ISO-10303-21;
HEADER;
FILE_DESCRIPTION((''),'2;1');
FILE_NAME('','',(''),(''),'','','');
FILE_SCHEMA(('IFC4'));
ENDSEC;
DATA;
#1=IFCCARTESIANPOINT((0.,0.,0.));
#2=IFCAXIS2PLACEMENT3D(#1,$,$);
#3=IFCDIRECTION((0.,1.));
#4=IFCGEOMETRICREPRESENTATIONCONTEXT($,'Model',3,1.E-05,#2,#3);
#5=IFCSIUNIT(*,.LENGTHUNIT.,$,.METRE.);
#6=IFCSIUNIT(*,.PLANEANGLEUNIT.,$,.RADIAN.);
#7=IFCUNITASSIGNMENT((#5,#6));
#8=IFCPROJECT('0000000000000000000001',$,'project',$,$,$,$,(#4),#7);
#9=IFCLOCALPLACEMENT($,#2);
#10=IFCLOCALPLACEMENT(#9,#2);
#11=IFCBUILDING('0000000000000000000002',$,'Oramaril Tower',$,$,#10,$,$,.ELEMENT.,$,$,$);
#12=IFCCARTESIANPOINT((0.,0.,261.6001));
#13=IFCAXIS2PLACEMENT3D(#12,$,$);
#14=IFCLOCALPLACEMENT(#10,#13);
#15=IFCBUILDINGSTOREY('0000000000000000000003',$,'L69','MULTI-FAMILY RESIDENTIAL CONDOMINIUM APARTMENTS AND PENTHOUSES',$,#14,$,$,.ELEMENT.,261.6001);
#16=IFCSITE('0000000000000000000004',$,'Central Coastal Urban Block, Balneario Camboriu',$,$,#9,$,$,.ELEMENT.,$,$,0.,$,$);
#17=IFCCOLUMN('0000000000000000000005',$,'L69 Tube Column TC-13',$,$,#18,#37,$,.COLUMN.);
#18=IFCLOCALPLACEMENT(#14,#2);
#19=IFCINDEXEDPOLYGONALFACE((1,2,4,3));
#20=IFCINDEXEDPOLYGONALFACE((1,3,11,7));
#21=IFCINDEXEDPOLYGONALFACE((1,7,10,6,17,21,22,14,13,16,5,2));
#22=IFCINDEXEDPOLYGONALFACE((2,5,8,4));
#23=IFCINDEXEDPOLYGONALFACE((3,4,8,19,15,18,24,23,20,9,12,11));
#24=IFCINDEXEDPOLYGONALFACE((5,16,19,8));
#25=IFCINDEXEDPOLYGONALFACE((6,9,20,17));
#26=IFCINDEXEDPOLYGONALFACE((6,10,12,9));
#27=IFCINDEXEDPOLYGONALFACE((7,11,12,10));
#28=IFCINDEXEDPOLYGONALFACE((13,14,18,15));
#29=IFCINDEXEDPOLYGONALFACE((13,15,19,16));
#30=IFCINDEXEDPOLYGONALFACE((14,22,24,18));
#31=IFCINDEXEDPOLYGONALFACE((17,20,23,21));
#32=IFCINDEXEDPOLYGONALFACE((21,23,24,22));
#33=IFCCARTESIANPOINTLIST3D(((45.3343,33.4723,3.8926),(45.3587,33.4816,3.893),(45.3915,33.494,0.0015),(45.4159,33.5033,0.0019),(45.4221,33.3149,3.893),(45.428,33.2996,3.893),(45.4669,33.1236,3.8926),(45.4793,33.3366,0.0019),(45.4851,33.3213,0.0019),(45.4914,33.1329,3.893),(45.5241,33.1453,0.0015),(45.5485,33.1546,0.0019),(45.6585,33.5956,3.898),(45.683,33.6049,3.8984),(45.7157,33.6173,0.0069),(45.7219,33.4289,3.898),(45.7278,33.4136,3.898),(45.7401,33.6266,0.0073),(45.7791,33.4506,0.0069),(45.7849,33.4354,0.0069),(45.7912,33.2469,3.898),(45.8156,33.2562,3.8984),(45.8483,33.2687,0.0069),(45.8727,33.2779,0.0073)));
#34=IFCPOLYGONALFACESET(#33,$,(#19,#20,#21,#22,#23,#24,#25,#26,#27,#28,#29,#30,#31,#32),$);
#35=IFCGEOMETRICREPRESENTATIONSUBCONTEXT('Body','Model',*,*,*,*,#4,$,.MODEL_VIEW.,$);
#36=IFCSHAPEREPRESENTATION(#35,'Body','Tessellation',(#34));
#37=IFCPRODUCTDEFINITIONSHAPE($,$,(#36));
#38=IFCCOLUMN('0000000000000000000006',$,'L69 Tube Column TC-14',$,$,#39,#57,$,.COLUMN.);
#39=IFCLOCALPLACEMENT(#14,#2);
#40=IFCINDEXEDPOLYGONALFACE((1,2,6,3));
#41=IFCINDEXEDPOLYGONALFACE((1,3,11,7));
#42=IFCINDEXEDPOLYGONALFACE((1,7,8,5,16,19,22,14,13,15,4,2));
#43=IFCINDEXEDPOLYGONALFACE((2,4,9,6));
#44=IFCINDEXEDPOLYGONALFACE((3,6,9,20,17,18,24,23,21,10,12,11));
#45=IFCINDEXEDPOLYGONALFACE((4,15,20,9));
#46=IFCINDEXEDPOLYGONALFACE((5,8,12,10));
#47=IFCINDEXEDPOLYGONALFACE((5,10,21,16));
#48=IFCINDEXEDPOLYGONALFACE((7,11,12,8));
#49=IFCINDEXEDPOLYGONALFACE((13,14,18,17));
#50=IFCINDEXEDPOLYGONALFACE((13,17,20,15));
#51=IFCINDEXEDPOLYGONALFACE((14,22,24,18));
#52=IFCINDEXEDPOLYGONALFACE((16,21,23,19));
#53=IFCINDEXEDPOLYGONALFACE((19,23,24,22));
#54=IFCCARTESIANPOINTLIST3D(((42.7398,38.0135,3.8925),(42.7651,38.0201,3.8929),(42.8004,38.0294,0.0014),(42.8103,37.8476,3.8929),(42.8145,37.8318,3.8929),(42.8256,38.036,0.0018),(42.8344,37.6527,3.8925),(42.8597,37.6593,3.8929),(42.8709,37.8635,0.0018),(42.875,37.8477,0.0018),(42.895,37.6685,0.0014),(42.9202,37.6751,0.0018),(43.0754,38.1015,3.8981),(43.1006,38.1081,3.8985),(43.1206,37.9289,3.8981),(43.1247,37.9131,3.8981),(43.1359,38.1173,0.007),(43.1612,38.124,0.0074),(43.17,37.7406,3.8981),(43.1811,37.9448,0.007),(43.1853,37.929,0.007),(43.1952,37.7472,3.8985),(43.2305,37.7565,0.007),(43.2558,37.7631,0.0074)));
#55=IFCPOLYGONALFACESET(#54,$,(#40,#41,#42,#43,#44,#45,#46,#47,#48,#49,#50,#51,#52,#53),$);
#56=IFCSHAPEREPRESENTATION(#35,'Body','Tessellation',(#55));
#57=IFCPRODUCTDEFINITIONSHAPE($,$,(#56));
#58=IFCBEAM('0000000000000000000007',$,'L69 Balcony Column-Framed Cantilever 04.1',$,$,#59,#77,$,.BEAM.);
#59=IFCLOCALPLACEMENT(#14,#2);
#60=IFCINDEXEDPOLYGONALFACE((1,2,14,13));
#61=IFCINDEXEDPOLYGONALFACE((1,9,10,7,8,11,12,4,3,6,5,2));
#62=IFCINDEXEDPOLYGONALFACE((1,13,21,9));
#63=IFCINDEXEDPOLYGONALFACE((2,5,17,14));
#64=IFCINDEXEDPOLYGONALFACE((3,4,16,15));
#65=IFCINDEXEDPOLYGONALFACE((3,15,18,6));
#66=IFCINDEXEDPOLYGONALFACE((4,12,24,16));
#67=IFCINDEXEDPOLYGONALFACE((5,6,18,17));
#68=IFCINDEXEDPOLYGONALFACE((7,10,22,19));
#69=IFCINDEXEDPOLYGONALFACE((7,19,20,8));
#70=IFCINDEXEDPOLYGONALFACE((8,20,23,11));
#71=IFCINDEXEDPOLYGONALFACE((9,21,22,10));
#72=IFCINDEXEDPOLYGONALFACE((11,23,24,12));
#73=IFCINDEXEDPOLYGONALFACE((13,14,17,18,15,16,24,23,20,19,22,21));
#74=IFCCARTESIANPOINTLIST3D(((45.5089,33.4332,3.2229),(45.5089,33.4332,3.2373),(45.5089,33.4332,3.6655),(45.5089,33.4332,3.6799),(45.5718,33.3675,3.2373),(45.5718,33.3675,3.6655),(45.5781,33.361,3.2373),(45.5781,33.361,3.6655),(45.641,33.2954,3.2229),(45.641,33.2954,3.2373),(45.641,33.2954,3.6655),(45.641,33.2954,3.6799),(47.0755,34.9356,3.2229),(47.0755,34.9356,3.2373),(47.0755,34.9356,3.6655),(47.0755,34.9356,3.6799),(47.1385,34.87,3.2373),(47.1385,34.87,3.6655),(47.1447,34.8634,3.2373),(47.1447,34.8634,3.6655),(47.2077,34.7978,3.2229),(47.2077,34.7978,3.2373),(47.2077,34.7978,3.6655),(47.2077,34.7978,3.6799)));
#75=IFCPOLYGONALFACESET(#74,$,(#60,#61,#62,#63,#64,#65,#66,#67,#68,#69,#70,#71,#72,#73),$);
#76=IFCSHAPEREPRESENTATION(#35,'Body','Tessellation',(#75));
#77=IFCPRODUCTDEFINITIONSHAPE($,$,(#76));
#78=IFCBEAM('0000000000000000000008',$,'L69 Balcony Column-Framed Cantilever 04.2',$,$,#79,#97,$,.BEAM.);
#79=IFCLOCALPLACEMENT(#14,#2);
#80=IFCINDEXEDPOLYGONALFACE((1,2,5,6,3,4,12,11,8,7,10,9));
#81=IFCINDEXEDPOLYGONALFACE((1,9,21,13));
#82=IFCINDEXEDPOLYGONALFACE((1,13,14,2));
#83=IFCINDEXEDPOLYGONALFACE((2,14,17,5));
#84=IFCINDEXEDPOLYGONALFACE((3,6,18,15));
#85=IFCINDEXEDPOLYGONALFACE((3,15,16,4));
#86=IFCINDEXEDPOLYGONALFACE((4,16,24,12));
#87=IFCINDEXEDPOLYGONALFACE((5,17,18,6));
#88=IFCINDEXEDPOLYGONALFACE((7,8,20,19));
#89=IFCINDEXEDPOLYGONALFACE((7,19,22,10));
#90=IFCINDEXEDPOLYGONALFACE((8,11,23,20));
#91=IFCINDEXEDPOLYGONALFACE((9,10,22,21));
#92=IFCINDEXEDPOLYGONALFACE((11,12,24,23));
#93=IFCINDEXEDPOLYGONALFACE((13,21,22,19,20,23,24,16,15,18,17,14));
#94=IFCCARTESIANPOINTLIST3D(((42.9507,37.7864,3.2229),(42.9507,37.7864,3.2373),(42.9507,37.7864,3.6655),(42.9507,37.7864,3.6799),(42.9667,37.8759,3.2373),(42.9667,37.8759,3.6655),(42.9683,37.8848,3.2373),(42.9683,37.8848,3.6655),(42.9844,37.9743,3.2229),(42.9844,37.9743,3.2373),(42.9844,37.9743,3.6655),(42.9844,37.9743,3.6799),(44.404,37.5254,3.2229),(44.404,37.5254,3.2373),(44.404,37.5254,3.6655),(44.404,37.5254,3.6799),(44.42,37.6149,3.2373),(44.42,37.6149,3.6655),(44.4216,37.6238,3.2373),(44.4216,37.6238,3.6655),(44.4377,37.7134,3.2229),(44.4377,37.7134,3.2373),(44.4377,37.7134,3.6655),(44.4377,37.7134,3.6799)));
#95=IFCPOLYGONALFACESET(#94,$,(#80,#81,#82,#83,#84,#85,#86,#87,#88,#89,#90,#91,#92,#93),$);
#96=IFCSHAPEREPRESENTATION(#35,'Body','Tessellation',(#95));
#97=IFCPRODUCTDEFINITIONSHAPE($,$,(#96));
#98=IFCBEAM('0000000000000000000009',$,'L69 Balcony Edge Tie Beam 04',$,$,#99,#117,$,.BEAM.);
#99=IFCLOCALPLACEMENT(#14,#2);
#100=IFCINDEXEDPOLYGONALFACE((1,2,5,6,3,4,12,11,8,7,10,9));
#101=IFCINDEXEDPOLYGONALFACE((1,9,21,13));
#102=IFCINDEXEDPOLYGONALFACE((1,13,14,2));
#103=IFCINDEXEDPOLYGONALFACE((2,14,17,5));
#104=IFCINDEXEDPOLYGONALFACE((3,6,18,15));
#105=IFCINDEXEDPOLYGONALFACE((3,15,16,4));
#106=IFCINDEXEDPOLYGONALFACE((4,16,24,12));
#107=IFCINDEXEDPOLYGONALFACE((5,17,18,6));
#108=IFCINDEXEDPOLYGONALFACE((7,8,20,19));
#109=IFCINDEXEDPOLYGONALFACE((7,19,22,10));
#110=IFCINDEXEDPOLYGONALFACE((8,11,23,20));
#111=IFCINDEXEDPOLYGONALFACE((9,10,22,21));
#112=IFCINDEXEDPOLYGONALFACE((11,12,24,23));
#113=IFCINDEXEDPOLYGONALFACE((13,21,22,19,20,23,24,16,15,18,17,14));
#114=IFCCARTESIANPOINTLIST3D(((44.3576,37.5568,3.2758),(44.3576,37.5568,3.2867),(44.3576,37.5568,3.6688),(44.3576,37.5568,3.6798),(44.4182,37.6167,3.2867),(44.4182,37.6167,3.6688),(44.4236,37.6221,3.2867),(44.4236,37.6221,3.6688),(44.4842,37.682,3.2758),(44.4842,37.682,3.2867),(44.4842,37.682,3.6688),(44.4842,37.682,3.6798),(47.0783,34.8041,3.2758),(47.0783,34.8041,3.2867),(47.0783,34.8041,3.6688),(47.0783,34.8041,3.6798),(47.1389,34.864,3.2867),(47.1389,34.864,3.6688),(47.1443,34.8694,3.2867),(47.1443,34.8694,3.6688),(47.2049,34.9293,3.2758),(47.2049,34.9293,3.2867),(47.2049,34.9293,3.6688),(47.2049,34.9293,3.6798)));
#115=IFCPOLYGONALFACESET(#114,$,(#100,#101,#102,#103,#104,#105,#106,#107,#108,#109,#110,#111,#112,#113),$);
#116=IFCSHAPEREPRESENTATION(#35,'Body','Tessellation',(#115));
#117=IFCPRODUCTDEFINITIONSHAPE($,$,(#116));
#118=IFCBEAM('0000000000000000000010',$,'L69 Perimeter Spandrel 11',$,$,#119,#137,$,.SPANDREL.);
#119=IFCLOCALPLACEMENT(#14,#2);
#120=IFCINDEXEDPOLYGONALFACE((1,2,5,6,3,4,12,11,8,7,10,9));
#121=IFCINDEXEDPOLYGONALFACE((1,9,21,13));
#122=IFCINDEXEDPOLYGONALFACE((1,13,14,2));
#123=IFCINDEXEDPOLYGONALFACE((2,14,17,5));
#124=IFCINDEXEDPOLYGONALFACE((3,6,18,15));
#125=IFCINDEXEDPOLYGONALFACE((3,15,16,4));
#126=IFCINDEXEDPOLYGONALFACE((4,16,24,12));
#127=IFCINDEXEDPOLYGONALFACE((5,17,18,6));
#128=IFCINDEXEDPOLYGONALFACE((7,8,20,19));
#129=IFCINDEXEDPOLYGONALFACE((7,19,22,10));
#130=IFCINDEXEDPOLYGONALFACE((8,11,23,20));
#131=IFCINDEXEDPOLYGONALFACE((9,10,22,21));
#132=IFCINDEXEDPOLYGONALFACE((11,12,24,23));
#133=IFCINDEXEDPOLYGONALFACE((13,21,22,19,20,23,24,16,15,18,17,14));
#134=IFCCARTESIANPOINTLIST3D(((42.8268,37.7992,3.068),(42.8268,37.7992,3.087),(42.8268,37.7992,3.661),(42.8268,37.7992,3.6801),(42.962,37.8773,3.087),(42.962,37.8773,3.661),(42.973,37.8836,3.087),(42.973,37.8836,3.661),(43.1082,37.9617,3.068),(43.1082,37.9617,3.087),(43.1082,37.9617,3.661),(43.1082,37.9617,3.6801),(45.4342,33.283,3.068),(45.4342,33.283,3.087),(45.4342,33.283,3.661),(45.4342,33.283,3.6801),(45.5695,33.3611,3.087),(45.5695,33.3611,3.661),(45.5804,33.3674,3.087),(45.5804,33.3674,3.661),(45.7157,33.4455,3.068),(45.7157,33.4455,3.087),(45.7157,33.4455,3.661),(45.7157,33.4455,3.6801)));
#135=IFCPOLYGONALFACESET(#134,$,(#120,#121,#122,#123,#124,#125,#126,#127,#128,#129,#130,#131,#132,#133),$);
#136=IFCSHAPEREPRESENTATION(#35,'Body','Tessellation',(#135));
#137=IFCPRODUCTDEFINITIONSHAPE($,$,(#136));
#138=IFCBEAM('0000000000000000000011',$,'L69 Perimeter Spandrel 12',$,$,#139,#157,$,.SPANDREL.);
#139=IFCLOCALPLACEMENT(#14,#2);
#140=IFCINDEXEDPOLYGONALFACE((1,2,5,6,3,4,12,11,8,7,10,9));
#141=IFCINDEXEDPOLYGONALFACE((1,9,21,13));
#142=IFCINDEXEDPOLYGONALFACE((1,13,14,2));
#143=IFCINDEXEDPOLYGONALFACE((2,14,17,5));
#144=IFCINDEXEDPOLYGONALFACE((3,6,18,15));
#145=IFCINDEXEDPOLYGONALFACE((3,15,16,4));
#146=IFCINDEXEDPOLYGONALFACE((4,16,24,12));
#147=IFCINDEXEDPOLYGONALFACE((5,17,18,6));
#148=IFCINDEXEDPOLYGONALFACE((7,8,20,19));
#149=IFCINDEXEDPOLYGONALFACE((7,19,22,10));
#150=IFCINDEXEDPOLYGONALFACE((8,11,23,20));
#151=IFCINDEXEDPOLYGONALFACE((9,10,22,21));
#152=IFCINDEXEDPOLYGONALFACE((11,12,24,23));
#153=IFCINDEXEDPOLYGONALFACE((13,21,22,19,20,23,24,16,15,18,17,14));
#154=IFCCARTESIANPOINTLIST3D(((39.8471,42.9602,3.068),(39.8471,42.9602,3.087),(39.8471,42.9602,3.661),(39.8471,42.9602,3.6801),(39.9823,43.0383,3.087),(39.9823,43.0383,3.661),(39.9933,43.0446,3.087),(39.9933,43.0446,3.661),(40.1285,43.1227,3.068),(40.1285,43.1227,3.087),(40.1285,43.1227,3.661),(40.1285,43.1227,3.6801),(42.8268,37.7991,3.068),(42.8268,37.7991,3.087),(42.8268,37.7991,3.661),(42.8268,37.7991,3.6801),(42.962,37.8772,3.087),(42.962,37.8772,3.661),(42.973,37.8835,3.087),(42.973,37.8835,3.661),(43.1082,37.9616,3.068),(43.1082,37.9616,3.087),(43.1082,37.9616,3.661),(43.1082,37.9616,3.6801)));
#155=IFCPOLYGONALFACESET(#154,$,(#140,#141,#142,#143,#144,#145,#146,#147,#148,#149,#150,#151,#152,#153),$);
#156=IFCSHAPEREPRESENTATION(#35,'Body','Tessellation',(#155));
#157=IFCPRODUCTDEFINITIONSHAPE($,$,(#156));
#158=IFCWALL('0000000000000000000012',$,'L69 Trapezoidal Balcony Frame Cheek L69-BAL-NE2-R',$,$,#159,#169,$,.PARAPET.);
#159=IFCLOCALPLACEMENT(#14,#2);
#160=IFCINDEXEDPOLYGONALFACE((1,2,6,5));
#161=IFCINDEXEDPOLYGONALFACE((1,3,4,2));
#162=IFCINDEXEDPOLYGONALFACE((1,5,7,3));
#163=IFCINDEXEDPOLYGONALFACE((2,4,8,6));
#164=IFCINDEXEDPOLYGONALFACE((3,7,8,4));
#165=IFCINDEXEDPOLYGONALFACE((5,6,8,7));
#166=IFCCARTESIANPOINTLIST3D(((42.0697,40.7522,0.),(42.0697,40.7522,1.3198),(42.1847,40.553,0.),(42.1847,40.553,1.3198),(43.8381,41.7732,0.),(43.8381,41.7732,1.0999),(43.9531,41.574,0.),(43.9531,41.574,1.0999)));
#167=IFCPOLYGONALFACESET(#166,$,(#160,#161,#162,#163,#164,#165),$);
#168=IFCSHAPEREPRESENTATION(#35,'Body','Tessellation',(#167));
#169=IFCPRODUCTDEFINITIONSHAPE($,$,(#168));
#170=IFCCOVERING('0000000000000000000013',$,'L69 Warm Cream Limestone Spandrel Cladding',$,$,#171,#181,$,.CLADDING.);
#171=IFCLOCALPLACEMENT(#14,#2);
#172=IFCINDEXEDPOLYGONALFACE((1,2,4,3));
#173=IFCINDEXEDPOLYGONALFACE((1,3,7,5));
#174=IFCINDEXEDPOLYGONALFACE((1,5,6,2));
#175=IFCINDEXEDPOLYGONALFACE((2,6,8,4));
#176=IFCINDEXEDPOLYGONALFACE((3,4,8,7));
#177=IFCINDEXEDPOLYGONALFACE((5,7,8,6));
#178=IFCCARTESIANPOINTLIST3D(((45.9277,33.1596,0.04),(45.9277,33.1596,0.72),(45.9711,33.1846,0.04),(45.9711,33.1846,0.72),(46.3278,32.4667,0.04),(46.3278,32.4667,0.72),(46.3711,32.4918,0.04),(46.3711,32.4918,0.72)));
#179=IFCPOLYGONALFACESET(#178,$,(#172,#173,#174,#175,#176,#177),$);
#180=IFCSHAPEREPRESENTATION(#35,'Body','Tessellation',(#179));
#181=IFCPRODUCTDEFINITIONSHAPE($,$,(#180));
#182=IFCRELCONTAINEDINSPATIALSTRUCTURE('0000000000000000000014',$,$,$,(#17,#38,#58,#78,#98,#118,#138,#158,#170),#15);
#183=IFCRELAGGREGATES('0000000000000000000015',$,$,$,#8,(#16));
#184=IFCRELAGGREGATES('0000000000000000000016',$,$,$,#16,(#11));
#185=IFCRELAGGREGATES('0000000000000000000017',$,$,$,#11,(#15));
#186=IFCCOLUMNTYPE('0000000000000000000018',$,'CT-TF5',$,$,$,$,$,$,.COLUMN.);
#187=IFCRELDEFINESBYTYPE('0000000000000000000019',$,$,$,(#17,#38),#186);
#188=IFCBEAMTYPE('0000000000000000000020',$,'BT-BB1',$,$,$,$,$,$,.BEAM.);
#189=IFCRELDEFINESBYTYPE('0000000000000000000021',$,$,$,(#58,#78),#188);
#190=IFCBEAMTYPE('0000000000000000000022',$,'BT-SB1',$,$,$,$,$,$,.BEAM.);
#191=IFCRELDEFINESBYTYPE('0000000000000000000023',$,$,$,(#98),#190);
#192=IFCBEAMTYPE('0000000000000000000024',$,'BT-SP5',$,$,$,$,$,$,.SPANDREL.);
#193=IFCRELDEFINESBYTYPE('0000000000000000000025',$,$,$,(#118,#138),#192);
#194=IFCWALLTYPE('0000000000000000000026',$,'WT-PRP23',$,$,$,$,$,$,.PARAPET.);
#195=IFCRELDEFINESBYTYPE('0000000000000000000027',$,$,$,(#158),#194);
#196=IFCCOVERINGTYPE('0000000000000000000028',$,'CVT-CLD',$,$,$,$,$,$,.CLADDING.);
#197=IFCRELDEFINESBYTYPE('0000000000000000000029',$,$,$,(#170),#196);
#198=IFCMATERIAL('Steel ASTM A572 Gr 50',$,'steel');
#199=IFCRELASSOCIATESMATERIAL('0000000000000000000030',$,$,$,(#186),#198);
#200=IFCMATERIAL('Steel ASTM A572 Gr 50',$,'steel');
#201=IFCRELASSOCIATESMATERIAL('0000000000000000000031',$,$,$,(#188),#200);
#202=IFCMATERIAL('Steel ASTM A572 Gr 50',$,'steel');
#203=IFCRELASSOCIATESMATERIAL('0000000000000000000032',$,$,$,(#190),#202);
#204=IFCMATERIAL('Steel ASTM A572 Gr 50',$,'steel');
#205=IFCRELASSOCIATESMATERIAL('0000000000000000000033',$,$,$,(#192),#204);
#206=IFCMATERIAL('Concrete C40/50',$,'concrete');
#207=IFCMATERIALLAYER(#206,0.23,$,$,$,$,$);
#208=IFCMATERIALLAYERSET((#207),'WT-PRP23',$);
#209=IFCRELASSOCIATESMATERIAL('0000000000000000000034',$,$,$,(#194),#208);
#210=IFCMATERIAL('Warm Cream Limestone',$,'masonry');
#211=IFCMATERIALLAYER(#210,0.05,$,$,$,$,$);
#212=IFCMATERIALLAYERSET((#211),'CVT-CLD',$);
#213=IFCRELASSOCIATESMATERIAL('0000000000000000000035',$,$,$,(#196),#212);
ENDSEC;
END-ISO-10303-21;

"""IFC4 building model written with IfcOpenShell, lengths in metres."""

from ifc_helpers import new_model, si_unit, direction, frame, origin, origin_2d, place, context, subcontext, project, spatial, polyline, rectangle, i_section, outline, extrude, material, layer, layer_set, material_profile, profile_set, type_object, element, save


model = new_model("IFC4")

# Units and contexts
model_context = context("Model", 3, precision=1e-05, world=origin(), true_north=direction((0.0, 1.0)))
body_context = subcontext(model_context, "Body", "Model", "MODEL_VIEW")
ifc_project = project(units=[si_unit("LENGTHUNIT", "METRE"), si_unit("PLANEANGLEUNIT", "RADIAN")], contexts=[model_context])

# Site, building, storey
site_placement = place(None, origin())
site = spatial("IfcSite", under=ifc_project, at=site_placement, Name="Central Coastal Urban Block, Balneario Camboriu", CompositionType="ELEMENT", RefElevation=0.0)
building_placement = place(site_placement, origin())
building = spatial("IfcBuilding", under=site, at=building_placement, Name="Oramaril Tower", CompositionType="ELEMENT")
storey_placement = place(building_placement, frame((0.0, 0.0, 261.6001)))
storey = spatial("IfcBuildingStorey", under=building, at=storey_placement, Name="L69", Description="MULTI-FAMILY RESIDENTIAL CONDOMINIUM APARTMENTS AND PENTHOUSES", CompositionType="ELEMENT", Elevation=261.6001)

# Columns
ifc_material_1 = material(Name="Steel ASTM A572 Gr 50", Category="steel")
ifc_material_profile_1 = material_profile(ifc_material_1, i_section(OverallWidth=0.373, OverallDepth=0.373, WebThickness=0.0164, FlangeThickness=0.0261, at=origin_2d()), Name="W14X132")
ifc_profile_set_1 = profile_set([ifc_material_profile_1], Name="Steel ASTM A572 Gr 50")
column_type = type_object("IfcColumnType", Name="CT-TF5", PredefinedType="COLUMN", material=ifc_profile_set_1)
for number, where, z_axis, x_axis, name in (
    (1, (45.6321, 33.386, 0.0044), (-0.01468, -0.005583, 0.999877), (0.355497, -0.934677, 0.0), "L69 Tube Column TC-13"),
    (2, (43.0281, 37.8962, 0.0044), (-0.015558, -0.004078, 0.999871), (0.253533, -0.967327, 0.0), "L69 Tube Column TC-14"),
):
    element("IfcColumn", number, at=place(storey_placement, frame(where, z_axis=z_axis, x_axis=x_axis)), inside=storey, type_object=column_type, Name=name, PredefinedType="COLUMN", context=body_context, shape_type="SweptSolid", body=[
        extrude(i_section(OverallWidth=0.373, OverallDepth=0.373, WebThickness=0.0164, FlangeThickness=0.0261, at=origin_2d()), origin(), (0.0, 0.0, 1.0), 3.8916),
    ])

# Beams
ifc_material_2 = material(Name="Steel ASTM A572 Gr 50", Category="steel")
ifc_material_profile_2 = material_profile(ifc_material_2, i_section(OverallWidth=0.1909, OverallDepth=0.457, WebThickness=0.009, FlangeThickness=0.0144, at=origin_2d()), Name="W18X50")
ifc_profile_set_2 = profile_set([ifc_material_profile_2], Name="Steel ASTM A572 Gr 50")
beam_type_1 = type_object("IfcBeamType", Name="BT-BB1", PredefinedType="BEAM", material=ifc_profile_set_2)
beam_1_placement = place(storey_placement, frame((45.575, 33.3643, 3.4514), z_axis=(0.721742, 0.692162, 0.0), x_axis=(-0.692162, 0.721742, 0.0)))
element("IfcBeam", 3, at=beam_1_placement, inside=storey, type_object=beam_type_1, Name="L69 Balcony Column-Framed Cantilever 04.1", PredefinedType="BEAM", context=body_context, shape_type="SweptSolid", body=[
    extrude(i_section(OverallWidth=0.1909, OverallDepth=0.457, WebThickness=0.009, FlangeThickness=0.0144, at=origin_2d()), origin(), (0.0, 0.0, 1.0), 2.1707),
])
beam_2_placement = place(storey_placement, frame((42.9675, 37.8804, 3.4514), z_axis=(0.984256, -0.176746, 0.0), x_axis=(0.176746, 0.984256, 0.0)))
element("IfcBeam", 4, at=beam_2_placement, inside=storey, type_object=beam_type_1, Name="L69 Balcony Column-Framed Cantilever 04.2", PredefinedType="BEAM", context=body_context, shape_type="SweptSolid", body=[
    extrude(i_section(OverallWidth=0.1909, OverallDepth=0.457, WebThickness=0.009, FlangeThickness=0.0144, at=origin_2d()), origin(), (0.0, 0.0, 1.0), 1.4766),
])
ifc_material_3 = material(Name="Steel ASTM A572 Gr 50", Category="steel")
ifc_material_profile_3 = material_profile(ifc_material_3, i_section(OverallWidth=0.178, OverallDepth=0.4041, WebThickness=0.0076, FlangeThickness=0.011, at=origin_2d()), Name="W16X36")
ifc_profile_set_3 = profile_set([ifc_material_profile_3], Name="Steel ASTM A572 Gr 50")
beam_type_2 = type_object("IfcBeamType", Name="BT-SB1", PredefinedType="BEAM", material=ifc_profile_set_3)
beam_3_placement = place(storey_placement, frame((47.1416, 34.8667, 3.4778), z_axis=(-0.702963, 0.711226, 0.0), x_axis=(-0.711226, -0.702963, 0.0)))
element("IfcBeam", 5, at=beam_3_placement, inside=storey, type_object=beam_type_2, Name="L69 Balcony Edge Tie Beam 04", PredefinedType="BEAM", context=body_context, shape_type="SweptSolid", body=[
    extrude(i_section(OverallWidth=0.178, OverallDepth=0.4041, WebThickness=0.0076, FlangeThickness=0.011, at=origin_2d()), origin(), (0.0, 0.0, 1.0), 3.8704),
])
ifc_material_4 = material(Name="Steel ASTM A572 Gr 50", Category="steel")
ifc_material_profile_4 = material_profile(ifc_material_4, i_section(OverallWidth=0.325, OverallDepth=0.6121, WebThickness=0.0127, FlangeThickness=0.019, at=origin_2d()), Name="W24X104")
ifc_profile_set_4 = profile_set([ifc_material_profile_4], Name="Steel ASTM A572 Gr 50")
beam_type_3 = type_object("IfcBeamType", Name="BT-SP5", PredefinedType="SPANDREL", material=ifc_profile_set_4)
beam_4_placement = place(storey_placement, frame((45.575, 33.3643, 3.374), z_axis=(-0.500006, 0.866022, 0.0), x_axis=(-0.866022, -0.500006, 0.0)))
element("IfcBeam", 6, at=beam_4_placement, inside=storey, type_object=beam_type_3, Name="L69 Perimeter Spandrel 11", PredefinedType="SPANDREL", context=body_context, shape_type="SweptSolid", body=[
    extrude(i_section(OverallWidth=0.325, OverallDepth=0.6121, WebThickness=0.0127, FlangeThickness=0.019, at=origin_2d()), origin(), (0.0, 0.0, 1.0), 5.2148),
])
beam_5_placement = place(storey_placement, frame((42.9675, 37.8804, 3.374), z_axis=(-0.499994, 0.866029, 0.0), x_axis=(-0.866029, -0.499994, 0.0)))
element("IfcBeam", 7, at=beam_5_placement, inside=storey, type_object=beam_type_3, Name="L69 Perimeter Spandrel 12", PredefinedType="SPANDREL", context=body_context, shape_type="SweptSolid", body=[
    extrude(i_section(OverallWidth=0.325, OverallDepth=0.6121, WebThickness=0.0127, FlangeThickness=0.019, at=origin_2d()), origin(), (0.0, 0.0, 1.0), 5.9595),
])

# Wall
ifc_material_5 = material(Name="Concrete C40/50", Category="concrete")
ifc_layer_1 = layer(ifc_material_5, 0.23)
ifc_layer_set_1 = layer_set([ifc_layer_1], Name="WT-PRP23")
wall_type = type_object("IfcWallType", Name="WT-PRP23", PredefinedType="PARAPET", material=ifc_layer_set_1)
wall_placement = place(storey_placement, frame((42.1272, 40.6526, 0.0), z_axis=(0.0, 0.0, 1.0), x_axis=(0.866012, 0.500023, 0.0)))
element("IfcWall", 8, at=wall_placement, inside=storey, type_object=wall_type, Name="L69 Trapezoidal Balcony Frame Cheek L69-BAL-NE2-R", PredefinedType="PARAPET", context=body_context, shape_type="SweptSolid", body=[
    extrude(outline(polyline([(0.0, 0.0), (2.042, 0.0), (2.042, 1.0999), (0.0, 1.3198), (0.0, 0.0)])), frame((0.0, 0.115, 0.0), z_axis=(0.0, -1.0, 0.0), x_axis=(1.0, 0.0, 0.0)), (0.0, 0.0, 1.0), 0.23),
])

# Covering
ifc_material_6 = material(Name="Warm Cream Limestone", Category="masonry")
ifc_layer_2 = layer(ifc_material_6, 0.05)
ifc_layer_set_2 = layer_set([ifc_layer_2], Name="CVT-CLD")
covering_type = type_object("IfcCoveringType", Name="CVT-CLD", PredefinedType="CLADDING", material=ifc_layer_set_2)
covering_placement = place(storey_placement, frame((46.1494, 32.8257, 0.04), z_axis=(0.0, 0.0, 1.0), x_axis=(-0.5, 0.866025, 0.0)))
element("IfcCovering", 9, at=covering_placement, inside=storey, type_object=covering_type, Name="L69 Warm Cream Limestone Spandrel Cladding", PredefinedType="CLADDING", context=body_context, shape_type="SweptSolid", body=[
    extrude(rectangle(XDim=0.8, YDim=0.05, at=origin_2d()), origin(), (0.0, 0.0, 1.0), 0.6799),
])

save(model, "model.ifc")
